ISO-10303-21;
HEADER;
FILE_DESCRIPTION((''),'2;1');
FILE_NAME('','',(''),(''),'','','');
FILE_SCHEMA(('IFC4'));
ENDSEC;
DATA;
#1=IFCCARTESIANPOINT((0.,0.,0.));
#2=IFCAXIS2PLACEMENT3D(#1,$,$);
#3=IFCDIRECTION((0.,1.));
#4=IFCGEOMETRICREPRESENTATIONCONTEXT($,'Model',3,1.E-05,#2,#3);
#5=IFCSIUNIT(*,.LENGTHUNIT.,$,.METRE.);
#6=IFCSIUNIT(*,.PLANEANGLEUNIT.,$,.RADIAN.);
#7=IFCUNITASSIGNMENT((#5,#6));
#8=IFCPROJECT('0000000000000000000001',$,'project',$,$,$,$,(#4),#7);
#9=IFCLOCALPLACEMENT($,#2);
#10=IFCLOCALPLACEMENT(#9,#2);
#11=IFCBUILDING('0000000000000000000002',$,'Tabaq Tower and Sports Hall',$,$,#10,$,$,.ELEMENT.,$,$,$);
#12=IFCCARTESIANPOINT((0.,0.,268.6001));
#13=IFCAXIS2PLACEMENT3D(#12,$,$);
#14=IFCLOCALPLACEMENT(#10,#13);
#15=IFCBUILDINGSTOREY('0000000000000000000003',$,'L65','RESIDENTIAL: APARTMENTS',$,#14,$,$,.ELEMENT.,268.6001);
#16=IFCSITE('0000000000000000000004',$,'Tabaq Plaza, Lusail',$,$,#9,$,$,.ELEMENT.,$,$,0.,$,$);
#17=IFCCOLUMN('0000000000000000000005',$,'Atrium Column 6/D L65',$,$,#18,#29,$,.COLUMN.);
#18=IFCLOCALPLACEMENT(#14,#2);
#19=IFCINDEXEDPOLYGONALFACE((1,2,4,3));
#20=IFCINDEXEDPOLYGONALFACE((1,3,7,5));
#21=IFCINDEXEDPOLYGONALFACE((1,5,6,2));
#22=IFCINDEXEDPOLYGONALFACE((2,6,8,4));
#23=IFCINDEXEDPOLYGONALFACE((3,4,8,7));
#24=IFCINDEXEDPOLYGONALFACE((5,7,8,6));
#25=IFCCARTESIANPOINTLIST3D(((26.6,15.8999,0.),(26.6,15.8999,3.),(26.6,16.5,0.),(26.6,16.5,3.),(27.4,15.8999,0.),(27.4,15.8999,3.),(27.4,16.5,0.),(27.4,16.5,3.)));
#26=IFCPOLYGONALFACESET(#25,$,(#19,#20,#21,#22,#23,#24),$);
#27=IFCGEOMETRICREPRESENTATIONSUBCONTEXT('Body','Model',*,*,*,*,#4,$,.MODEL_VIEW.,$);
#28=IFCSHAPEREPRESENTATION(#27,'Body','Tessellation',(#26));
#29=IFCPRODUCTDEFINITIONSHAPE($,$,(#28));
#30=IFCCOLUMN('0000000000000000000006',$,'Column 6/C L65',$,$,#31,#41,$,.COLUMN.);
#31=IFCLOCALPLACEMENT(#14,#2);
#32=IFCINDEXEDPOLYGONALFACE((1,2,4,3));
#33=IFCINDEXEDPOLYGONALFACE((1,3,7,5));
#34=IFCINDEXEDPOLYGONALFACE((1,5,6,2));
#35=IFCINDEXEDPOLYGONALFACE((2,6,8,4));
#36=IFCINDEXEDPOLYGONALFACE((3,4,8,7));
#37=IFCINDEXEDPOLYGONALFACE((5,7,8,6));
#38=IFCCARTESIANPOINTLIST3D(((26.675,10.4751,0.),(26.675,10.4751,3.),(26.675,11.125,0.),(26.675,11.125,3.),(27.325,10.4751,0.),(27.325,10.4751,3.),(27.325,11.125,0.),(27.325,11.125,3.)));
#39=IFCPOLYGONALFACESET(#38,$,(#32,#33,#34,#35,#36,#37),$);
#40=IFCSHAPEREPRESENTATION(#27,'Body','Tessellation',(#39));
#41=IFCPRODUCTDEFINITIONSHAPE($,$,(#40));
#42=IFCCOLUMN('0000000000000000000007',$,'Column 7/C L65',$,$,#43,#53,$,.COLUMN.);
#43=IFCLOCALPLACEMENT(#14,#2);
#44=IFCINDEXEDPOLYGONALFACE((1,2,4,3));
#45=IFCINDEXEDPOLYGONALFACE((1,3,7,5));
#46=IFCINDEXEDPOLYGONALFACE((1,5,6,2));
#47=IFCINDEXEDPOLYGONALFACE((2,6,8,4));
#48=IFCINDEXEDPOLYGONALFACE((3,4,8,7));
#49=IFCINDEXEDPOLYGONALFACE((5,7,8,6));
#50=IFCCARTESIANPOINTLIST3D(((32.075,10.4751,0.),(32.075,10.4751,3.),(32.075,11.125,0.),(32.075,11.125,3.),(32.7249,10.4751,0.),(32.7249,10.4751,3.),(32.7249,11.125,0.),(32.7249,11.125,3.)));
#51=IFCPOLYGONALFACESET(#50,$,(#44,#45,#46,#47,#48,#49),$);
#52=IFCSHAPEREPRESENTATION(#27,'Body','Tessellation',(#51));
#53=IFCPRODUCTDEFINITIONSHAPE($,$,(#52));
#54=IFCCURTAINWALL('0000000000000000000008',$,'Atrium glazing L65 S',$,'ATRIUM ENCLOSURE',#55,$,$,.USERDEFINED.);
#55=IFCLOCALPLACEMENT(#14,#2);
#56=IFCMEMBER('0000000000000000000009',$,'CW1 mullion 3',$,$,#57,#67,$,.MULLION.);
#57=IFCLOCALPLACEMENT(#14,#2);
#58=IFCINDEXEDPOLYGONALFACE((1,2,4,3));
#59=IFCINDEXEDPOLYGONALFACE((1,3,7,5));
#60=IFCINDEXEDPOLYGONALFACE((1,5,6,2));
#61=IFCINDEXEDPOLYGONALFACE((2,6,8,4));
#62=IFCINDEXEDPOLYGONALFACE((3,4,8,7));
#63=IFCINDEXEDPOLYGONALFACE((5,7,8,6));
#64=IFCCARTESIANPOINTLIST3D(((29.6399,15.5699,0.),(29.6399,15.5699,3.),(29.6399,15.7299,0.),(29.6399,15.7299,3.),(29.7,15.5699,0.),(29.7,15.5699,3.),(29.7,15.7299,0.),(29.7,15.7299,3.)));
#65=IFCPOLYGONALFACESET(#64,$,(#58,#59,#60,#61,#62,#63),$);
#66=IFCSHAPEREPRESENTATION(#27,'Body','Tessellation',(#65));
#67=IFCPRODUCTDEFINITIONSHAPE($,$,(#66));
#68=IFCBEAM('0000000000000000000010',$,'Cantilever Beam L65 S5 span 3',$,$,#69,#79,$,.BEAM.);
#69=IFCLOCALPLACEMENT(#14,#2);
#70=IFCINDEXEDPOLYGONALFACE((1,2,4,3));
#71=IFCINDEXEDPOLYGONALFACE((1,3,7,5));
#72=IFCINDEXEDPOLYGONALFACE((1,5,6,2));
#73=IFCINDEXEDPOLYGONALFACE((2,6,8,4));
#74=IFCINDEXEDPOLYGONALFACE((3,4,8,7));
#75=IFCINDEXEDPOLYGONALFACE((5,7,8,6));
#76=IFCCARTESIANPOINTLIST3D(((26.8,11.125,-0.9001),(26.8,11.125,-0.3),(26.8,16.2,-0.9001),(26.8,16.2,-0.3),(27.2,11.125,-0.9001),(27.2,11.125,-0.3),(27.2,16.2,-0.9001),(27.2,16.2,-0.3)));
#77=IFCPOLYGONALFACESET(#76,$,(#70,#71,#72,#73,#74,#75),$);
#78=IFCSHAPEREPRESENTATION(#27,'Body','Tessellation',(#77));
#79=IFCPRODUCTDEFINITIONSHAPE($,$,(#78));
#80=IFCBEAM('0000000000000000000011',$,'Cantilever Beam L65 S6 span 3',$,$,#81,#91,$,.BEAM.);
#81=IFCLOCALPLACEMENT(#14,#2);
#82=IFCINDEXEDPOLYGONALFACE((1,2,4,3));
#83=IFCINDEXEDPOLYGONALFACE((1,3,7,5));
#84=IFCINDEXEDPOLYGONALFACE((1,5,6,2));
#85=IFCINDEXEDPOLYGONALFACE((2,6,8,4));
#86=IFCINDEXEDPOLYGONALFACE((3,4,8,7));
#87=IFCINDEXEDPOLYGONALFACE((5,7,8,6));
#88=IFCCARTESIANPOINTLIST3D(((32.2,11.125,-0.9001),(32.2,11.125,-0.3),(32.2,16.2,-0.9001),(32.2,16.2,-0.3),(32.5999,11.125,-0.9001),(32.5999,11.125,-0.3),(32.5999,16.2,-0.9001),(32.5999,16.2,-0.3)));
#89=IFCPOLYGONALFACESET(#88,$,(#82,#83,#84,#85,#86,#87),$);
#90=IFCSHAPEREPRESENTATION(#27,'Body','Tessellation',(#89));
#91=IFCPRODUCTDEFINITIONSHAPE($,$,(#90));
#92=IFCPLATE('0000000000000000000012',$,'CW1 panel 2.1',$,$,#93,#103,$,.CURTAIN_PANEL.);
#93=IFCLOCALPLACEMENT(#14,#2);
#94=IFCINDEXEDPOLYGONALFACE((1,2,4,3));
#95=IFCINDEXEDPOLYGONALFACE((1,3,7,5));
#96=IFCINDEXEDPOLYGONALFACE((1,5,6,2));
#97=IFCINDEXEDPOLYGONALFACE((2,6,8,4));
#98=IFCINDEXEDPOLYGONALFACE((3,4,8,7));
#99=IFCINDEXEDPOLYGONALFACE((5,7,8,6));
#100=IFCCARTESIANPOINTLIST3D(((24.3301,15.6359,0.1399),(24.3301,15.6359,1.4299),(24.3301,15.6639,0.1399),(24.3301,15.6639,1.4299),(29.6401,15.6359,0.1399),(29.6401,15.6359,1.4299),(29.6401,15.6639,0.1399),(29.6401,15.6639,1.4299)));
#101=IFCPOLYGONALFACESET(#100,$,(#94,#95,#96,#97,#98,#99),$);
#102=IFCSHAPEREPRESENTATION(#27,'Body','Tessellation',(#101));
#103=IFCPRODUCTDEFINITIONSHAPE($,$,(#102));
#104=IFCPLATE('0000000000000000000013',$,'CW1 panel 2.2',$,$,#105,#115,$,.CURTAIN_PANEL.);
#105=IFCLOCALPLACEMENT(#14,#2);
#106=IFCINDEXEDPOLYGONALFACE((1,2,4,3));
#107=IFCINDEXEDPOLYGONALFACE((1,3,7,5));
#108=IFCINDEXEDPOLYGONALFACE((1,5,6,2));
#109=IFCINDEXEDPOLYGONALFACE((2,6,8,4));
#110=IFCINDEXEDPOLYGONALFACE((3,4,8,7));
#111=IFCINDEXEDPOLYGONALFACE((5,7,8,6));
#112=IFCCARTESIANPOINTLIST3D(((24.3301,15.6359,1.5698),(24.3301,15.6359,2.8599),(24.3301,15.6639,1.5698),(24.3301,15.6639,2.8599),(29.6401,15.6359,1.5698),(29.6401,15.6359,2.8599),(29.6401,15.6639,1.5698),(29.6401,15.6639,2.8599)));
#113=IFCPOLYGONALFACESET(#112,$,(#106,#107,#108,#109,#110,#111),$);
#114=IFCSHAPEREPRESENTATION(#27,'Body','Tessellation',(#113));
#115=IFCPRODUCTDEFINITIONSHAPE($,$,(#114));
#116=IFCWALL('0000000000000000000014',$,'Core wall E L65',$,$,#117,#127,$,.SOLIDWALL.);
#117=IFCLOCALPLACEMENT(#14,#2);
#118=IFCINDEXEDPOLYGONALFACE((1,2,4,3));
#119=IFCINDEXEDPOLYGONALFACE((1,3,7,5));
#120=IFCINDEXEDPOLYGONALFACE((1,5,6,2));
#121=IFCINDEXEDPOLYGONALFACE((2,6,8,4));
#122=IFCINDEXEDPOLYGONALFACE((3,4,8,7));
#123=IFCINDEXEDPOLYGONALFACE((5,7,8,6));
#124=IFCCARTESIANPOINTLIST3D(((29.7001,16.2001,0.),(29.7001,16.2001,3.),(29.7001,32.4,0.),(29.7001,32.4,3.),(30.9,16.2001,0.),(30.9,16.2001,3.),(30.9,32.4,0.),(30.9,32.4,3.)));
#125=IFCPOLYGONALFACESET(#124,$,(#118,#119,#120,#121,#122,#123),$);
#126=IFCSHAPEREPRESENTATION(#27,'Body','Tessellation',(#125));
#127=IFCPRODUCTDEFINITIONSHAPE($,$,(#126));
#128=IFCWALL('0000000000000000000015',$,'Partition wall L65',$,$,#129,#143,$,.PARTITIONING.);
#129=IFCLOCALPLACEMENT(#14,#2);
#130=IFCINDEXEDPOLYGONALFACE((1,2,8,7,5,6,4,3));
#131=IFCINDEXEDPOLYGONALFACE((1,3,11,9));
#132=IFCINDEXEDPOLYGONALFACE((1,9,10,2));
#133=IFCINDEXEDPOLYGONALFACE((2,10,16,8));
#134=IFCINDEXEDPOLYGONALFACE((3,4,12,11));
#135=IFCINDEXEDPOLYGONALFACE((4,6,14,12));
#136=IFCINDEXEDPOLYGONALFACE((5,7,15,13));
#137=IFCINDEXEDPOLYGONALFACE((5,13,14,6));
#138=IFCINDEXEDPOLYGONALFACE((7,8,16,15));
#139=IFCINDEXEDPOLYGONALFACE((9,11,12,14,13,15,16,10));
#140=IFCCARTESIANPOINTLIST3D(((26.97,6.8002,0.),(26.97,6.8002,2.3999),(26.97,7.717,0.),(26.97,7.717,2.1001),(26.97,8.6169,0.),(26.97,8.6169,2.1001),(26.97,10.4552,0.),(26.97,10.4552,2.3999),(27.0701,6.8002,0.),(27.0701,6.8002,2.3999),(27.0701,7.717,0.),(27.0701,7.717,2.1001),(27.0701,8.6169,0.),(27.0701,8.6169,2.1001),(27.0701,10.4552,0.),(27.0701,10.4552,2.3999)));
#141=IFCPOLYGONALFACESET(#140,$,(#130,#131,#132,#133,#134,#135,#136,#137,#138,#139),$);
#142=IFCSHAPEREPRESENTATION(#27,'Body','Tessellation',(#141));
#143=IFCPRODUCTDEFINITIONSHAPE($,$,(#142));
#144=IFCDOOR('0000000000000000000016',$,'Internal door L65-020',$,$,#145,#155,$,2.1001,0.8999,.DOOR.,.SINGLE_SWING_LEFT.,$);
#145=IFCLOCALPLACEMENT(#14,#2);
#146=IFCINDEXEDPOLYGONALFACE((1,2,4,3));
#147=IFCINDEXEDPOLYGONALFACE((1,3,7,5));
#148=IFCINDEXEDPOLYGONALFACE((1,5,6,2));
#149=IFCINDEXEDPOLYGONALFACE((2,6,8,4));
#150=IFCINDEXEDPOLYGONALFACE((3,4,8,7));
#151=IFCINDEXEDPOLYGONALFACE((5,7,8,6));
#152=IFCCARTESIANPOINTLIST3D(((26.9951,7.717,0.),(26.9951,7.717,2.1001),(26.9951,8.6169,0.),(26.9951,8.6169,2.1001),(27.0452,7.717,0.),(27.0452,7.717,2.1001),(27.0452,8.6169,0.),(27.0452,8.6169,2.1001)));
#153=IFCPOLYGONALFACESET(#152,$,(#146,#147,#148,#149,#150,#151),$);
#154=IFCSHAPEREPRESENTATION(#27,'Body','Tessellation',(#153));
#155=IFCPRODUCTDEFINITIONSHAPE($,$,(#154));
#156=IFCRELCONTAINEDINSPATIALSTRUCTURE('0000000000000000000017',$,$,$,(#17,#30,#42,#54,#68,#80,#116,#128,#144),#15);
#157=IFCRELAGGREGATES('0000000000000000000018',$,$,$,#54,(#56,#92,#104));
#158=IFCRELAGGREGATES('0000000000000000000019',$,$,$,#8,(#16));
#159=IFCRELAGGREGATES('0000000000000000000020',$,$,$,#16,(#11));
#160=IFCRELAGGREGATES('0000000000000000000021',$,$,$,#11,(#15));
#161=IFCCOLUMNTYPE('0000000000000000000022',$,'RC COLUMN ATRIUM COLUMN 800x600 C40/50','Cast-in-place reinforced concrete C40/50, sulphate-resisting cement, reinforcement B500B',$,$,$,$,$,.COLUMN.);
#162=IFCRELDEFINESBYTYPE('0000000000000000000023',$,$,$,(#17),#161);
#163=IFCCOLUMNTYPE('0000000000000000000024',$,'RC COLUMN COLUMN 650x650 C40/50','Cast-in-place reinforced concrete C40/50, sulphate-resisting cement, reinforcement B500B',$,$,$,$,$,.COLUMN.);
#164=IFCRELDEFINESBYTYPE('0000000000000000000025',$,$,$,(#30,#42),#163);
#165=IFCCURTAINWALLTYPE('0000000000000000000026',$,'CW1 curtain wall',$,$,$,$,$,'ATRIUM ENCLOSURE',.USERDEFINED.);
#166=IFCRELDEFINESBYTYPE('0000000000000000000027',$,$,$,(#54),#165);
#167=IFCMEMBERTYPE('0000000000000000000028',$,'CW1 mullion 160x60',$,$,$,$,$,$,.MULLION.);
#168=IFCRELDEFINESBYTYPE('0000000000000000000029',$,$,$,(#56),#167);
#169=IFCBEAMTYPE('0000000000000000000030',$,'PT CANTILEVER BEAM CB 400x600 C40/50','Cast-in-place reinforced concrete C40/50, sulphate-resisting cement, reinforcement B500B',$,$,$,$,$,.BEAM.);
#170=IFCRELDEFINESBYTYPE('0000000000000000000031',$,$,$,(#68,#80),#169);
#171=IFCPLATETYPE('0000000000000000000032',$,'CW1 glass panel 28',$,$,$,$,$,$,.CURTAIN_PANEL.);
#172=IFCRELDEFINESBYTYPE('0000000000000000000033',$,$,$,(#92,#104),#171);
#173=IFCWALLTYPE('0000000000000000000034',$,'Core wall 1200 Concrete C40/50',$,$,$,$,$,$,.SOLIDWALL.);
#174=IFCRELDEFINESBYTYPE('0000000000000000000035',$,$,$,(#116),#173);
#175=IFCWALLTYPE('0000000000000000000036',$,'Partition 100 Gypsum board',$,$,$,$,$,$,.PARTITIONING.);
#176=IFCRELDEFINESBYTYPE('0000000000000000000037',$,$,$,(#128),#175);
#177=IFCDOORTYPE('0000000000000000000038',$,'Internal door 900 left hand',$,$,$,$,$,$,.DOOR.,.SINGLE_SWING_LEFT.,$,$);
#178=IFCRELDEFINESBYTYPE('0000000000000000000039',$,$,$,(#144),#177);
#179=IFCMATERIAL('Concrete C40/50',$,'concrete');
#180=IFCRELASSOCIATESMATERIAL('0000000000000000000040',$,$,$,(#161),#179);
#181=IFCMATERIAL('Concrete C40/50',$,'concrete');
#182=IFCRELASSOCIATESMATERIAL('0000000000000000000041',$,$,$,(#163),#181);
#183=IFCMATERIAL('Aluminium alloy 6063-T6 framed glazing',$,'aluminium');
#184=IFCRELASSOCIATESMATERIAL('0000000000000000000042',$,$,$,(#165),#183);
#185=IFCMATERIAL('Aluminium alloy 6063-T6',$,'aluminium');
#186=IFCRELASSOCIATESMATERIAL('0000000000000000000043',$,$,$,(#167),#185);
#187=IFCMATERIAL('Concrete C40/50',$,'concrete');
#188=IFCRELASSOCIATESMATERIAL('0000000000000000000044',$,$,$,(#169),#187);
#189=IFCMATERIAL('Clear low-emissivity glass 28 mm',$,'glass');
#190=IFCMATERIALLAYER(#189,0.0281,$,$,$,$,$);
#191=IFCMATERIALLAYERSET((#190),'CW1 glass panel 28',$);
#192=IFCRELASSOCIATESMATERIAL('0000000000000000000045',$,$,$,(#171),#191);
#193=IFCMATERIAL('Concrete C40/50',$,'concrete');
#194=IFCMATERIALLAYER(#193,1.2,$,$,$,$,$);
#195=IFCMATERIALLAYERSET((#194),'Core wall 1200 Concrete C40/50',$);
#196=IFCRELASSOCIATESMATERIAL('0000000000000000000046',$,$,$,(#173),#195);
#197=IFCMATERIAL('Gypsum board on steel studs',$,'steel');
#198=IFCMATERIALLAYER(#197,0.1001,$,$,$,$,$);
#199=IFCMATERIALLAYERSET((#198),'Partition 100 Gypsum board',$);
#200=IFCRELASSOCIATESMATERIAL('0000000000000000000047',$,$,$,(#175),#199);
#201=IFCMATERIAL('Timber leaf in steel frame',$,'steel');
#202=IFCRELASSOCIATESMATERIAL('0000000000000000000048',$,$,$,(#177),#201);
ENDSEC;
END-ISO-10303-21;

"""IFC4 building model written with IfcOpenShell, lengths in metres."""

from ifc_helpers import new_model, si_unit, direction, frame, frame_2d, origin, origin_2d, place, context, subcontext, project, spatial, rectangle, extrude, material, layer, layer_set, material_profile, profile_set, type_object, element, fill, aggregate, save


model = new_model("IFC4")

# Units and contexts
model_context = context("Model", 3, precision=1e-05, world=origin(), true_north=direction((0.0, 1.0)))
body_context = subcontext(model_context, "Body", "Model", "MODEL_VIEW")
ifc_project = project(units=[si_unit("LENGTHUNIT", "METRE"), si_unit("PLANEANGLEUNIT", "RADIAN")], contexts=[model_context])

# Site, building, storey
site_placement = place(None, origin())
site = spatial("IfcSite", under=ifc_project, at=site_placement, Name="Tabaq Plaza, Lusail", CompositionType="ELEMENT", RefElevation=0.0)
building_placement = place(site_placement, origin())
building = spatial("IfcBuilding", under=site, at=building_placement, Name="Tabaq Tower and Sports Hall", CompositionType="ELEMENT")
storey_placement = place(building_placement, frame((0.0, 0.0, 268.6001)))
storey = spatial("IfcBuildingStorey", under=building, at=storey_placement, Name="L65", Description="RESIDENTIAL: APARTMENTS", CompositionType="ELEMENT", Elevation=268.6001)

# Columns
ifc_material_1 = material(Name="Concrete C40/50", Category="concrete")
ifc_material_profile_1 = material_profile(ifc_material_1, rectangle(XDim=0.8, YDim=0.6001, at=origin_2d()), Name="ATRIUM COLUMN 800x600")
ifc_profile_set_1 = profile_set([ifc_material_profile_1], Name="Concrete C40/50")
column_type_1 = type_object("IfcColumnType", Name="RC COLUMN ATRIUM COLUMN 800x600 C40/50", Description="Cast-in-place reinforced concrete C40/50, sulphate-resisting cement, reinforcement B500B", PredefinedType="COLUMN", material=ifc_profile_set_1)
column_placement = place(storey_placement, frame((27.0, 16.2, 0.0), z_axis=(0.0, 0.0, 1.0), x_axis=(1.0, 0.0, 0.0)))
element("IfcColumn", 1, at=column_placement, inside=storey, type_object=column_type_1, Name="Atrium Column 6/D L65", PredefinedType="COLUMN", context=body_context, shape_type="SweptSolid", body=[
    extrude(rectangle(XDim=0.8, YDim=0.6001, at=origin_2d()), origin(), (0.0, 0.0, 1.0), 3.0),
])
ifc_material_2 = material(Name="Concrete C40/50", Category="concrete")
ifc_material_profile_2 = material_profile(ifc_material_2, rectangle(XDim=0.6499, YDim=0.6499, at=origin_2d()), Name="COLUMN 650x650")
ifc_profile_set_2 = profile_set([ifc_material_profile_2], Name="Concrete C40/50")
column_type_2 = type_object("IfcColumnType", Name="RC COLUMN COLUMN 650x650 C40/50", Description="Cast-in-place reinforced concrete C40/50, sulphate-resisting cement, reinforcement B500B", PredefinedType="COLUMN", material=ifc_profile_set_2)
for number, where, z_axis, x_axis, name in (
    (2, (27.0, 10.8, 0.0), (0.0, 0.0, 1.0), (1.0, 0.0, 0.0), "Column 6/C L65"),
    (3, (32.3999, 10.8, 0.0), (0.0, 0.0, 1.0), (1.0, 0.0, 0.0), "Column 7/C L65"),
):
    element("IfcColumn", number, at=place(storey_placement, frame(where, z_axis=z_axis, x_axis=x_axis)), inside=storey, type_object=column_type_2, Name=name, PredefinedType="COLUMN", context=body_context, shape_type="SweptSolid", body=[
        extrude(rectangle(XDim=0.6499, YDim=0.6499, at=origin_2d()), origin(), (0.0, 0.0, 1.0), 3.0),
    ])

# Curtain wall, member
ifc_material_3 = material(Name="Aluminium alloy 6063-T6 framed glazing", Category="aluminium")
curtain_wall_type = type_object("IfcCurtainWallType", Name="CW1 curtain wall", ElementType="ATRIUM ENCLOSURE", PredefinedType="USERDEFINED", material=ifc_material_3)
curtain_wall_placement = place(storey_placement, origin())
curtain_wall = element("IfcCurtainWall", 4, at=curtain_wall_placement, inside=storey, type_object=curtain_wall_type, Name="Atrium glazing L65 S", ObjectType="ATRIUM ENCLOSURE", PredefinedType="USERDEFINED")
ifc_material_4 = material(Name="Aluminium alloy 6063-T6", Category="aluminium")
ifc_material_profile_3 = material_profile(ifc_material_4, rectangle(XDim=0.1599, YDim=0.0601, at=origin_2d()), Name="MULLION 160x60")
ifc_profile_set_3 = profile_set([ifc_material_profile_3], Name="Aluminium alloy 6063-T6")
member_type = type_object("IfcMemberType", Name="CW1 mullion 160x60", PredefinedType="MULLION", material=ifc_profile_set_3)
member_placement = place(storey_placement, frame((29.6699, 15.6499, 0.0), z_axis=(0.0, 0.0, 1.0), x_axis=(0.0, 1.0, 0.0)))
member = element("IfcMember", 5, at=member_placement, type_object=member_type, Name="CW1 mullion 3", PredefinedType="MULLION", context=body_context, shape_type="SweptSolid", body=[
    extrude(rectangle(XDim=0.1599, YDim=0.0601, at=origin_2d()), origin(), (0.0, 0.0, 1.0), 3.0),
])

# Beams
ifc_material_5 = material(Name="Concrete C40/50", Category="concrete")
ifc_material_profile_4 = material_profile(ifc_material_5, rectangle(XDim=0.3999, YDim=0.6001, at=origin_2d()), Name="CB 400x600")
ifc_profile_set_4 = profile_set([ifc_material_profile_4], Name="Concrete C40/50")
beam_type = type_object("IfcBeamType", Name="PT CANTILEVER BEAM CB 400x600 C40/50", Description="Cast-in-place reinforced concrete C40/50, sulphate-resisting cement, reinforcement B500B", PredefinedType="BEAM", material=ifc_profile_set_4)
for number, where, z_axis, x_axis, name in (
    (6, (27.0, 11.125, -0.6001), (0.0, 1.0, 0.0), (-1.0, 0.0, 0.0), "Cantilever Beam L65 S5 span 3"),
    (7, (32.3999, 11.125, -0.6001), (0.0, 1.0, 0.0), (-1.0, 0.0, 0.0), "Cantilever Beam L65 S6 span 3"),
):
    element("IfcBeam", number, at=place(storey_placement, frame(where, z_axis=z_axis, x_axis=x_axis)), inside=storey, type_object=beam_type, Name=name, PredefinedType="BEAM", context=body_context, shape_type="SweptSolid", body=[
        extrude(rectangle(XDim=0.3999, YDim=0.6001, at=origin_2d()), origin(), (0.0, 0.0, 1.0), 5.075),
    ])

# Plates
ifc_material_6 = material(Name="Clear low-emissivity glass 28 mm", Category="glass")
ifc_layer_1 = layer(ifc_material_6, 0.0281)
ifc_layer_set_1 = layer_set([ifc_layer_1], Name="CW1 glass panel 28")
plate_type = type_object("IfcPlateType", Name="CW1 glass panel 28", PredefinedType="CURTAIN_PANEL", material=ifc_layer_set_1)
plate_1_placement = place(storey_placement, frame((26.9851, 15.6499, 0.1399), z_axis=(0.0, 0.0, 1.0), x_axis=(1.0, 0.0, 0.0)))
plate_1 = element("IfcPlate", 8, at=plate_1_placement, type_object=plate_type, Name="CW1 panel 2.1", PredefinedType="CURTAIN_PANEL", context=body_context, shape_type="SweptSolid", body=[
    extrude(rectangle(XDim=5.3101, YDim=0.0281, at=origin_2d()), origin(), (0.0, 0.0, 1.0), 1.29),
])
plate_2_placement = place(storey_placement, frame((26.9851, 15.6499, 1.5698), z_axis=(0.0, 0.0, 1.0), x_axis=(1.0, 0.0, 0.0)))
plate_2 = element("IfcPlate", 9, at=plate_2_placement, type_object=plate_type, Name="CW1 panel 2.2", PredefinedType="CURTAIN_PANEL", context=body_context, shape_type="SweptSolid", body=[
    extrude(rectangle(XDim=5.3101, YDim=0.0281, at=origin_2d()), origin(), (0.0, 0.0, 1.0), 1.29),
])
aggregate(curtain_wall, [member, plate_1, plate_2])

# Wall
ifc_material_7 = material(Name="Concrete C40/50", Category="concrete")
ifc_layer_2 = layer(ifc_material_7, 1.2)
ifc_layer_set_2 = layer_set([ifc_layer_2], Name="Core wall 1200 Concrete C40/50")
wall_type_1 = type_object("IfcWallType", Name="Core wall 1200 Concrete C40/50", PredefinedType="SOLIDWALL", material=ifc_layer_set_2)
wall_1_placement = place(storey_placement, frame((30.3, 16.2, 0.0), z_axis=(0.0, 0.0, 1.0), x_axis=(0.0, 1.0, 0.0)))
element("IfcWall", 10, at=wall_1_placement, inside=storey, type_object=wall_type_1, Name="Core wall E L65", PredefinedType="SOLIDWALL", context=body_context, shape_type="SweptSolid", body=[
    extrude(rectangle(XDim=16.2, YDim=1.2, at=frame_2d((8.1001, 0.0))), origin(), (0.0, 0.0, 1.0), 3.0),
])

# Wall, opening, door
ifc_material_8 = material(Name="Gypsum board on steel studs", Category="steel")
ifc_layer_3 = layer(ifc_material_8, 0.1001)
ifc_layer_set_3 = layer_set([ifc_layer_3], Name="Partition 100 Gypsum board")
wall_type_2 = type_object("IfcWallType", Name="Partition 100 Gypsum board", PredefinedType="PARTITIONING", material=ifc_layer_set_3)
wall_2_placement = place(storey_placement, frame((27.02, 6.8, 0.0), z_axis=(0.0, 0.0, 1.0), x_axis=(0.0, 1.0, 0.0)))
wall_2 = element("IfcWall", 11, at=wall_2_placement, inside=storey, type_object=wall_type_2, Name="Partition wall L65", PredefinedType="PARTITIONING", context=body_context, shape_type="SweptSolid", body=[
    extrude(rectangle(XDim=3.655, YDim=0.1001, at=frame_2d((1.8276, 0.0))), origin(), (0.0, 0.0, 1.0), 2.3999),
])
opening_1_placement = place(wall_2_placement, frame((0.917, 0.0, 0.0)))
opening_1 = element("IfcOpeningElement", 12, at=opening_1_placement, cuts=wall_2, PredefinedType="OPENING", context=body_context, shape_type="SweptSolid", body=[
    extrude(rectangle(XDim=0.8999, YDim=2.1001, at=frame_2d((0.45, 1.05))), frame((0.0, 0.05, 0.0), z_axis=(0.0, -1.0, 0.0), x_axis=(1.0, 0.0, 0.0)), (0.0, 0.0, 1.0), 0.1001),
])
ifc_material_9 = material(Name="Timber leaf in steel frame", Category="steel")
door_type_1 = type_object("IfcDoorType", Name="Internal door 900 left hand", OperationType="SINGLE_SWING_LEFT", PredefinedType="DOOR", material=ifc_material_9)
door_1_placement = place(opening_1_placement, origin())
door_1 = element("IfcDoor", 13, at=door_1_placement, inside=storey, type_object=door_type_1, Name="Internal door L65-020", OperationType="SINGLE_SWING_LEFT", OverallHeight=2.1001, OverallWidth=0.8999, PredefinedType="DOOR", context=body_context, shape_type="SweptSolid", body=[
    extrude(rectangle(XDim=0.8999, YDim=2.1001, at=frame_2d((0.45, 1.05))), frame((0.0, 0.0249, 0.0), z_axis=(0.0, -1.0, 0.0), x_axis=(1.0, 0.0, 0.0)), (0.0, 0.0, 1.0), 0.05),
])
fill(opening_1, door_1)

save(model, "model.ifc")
